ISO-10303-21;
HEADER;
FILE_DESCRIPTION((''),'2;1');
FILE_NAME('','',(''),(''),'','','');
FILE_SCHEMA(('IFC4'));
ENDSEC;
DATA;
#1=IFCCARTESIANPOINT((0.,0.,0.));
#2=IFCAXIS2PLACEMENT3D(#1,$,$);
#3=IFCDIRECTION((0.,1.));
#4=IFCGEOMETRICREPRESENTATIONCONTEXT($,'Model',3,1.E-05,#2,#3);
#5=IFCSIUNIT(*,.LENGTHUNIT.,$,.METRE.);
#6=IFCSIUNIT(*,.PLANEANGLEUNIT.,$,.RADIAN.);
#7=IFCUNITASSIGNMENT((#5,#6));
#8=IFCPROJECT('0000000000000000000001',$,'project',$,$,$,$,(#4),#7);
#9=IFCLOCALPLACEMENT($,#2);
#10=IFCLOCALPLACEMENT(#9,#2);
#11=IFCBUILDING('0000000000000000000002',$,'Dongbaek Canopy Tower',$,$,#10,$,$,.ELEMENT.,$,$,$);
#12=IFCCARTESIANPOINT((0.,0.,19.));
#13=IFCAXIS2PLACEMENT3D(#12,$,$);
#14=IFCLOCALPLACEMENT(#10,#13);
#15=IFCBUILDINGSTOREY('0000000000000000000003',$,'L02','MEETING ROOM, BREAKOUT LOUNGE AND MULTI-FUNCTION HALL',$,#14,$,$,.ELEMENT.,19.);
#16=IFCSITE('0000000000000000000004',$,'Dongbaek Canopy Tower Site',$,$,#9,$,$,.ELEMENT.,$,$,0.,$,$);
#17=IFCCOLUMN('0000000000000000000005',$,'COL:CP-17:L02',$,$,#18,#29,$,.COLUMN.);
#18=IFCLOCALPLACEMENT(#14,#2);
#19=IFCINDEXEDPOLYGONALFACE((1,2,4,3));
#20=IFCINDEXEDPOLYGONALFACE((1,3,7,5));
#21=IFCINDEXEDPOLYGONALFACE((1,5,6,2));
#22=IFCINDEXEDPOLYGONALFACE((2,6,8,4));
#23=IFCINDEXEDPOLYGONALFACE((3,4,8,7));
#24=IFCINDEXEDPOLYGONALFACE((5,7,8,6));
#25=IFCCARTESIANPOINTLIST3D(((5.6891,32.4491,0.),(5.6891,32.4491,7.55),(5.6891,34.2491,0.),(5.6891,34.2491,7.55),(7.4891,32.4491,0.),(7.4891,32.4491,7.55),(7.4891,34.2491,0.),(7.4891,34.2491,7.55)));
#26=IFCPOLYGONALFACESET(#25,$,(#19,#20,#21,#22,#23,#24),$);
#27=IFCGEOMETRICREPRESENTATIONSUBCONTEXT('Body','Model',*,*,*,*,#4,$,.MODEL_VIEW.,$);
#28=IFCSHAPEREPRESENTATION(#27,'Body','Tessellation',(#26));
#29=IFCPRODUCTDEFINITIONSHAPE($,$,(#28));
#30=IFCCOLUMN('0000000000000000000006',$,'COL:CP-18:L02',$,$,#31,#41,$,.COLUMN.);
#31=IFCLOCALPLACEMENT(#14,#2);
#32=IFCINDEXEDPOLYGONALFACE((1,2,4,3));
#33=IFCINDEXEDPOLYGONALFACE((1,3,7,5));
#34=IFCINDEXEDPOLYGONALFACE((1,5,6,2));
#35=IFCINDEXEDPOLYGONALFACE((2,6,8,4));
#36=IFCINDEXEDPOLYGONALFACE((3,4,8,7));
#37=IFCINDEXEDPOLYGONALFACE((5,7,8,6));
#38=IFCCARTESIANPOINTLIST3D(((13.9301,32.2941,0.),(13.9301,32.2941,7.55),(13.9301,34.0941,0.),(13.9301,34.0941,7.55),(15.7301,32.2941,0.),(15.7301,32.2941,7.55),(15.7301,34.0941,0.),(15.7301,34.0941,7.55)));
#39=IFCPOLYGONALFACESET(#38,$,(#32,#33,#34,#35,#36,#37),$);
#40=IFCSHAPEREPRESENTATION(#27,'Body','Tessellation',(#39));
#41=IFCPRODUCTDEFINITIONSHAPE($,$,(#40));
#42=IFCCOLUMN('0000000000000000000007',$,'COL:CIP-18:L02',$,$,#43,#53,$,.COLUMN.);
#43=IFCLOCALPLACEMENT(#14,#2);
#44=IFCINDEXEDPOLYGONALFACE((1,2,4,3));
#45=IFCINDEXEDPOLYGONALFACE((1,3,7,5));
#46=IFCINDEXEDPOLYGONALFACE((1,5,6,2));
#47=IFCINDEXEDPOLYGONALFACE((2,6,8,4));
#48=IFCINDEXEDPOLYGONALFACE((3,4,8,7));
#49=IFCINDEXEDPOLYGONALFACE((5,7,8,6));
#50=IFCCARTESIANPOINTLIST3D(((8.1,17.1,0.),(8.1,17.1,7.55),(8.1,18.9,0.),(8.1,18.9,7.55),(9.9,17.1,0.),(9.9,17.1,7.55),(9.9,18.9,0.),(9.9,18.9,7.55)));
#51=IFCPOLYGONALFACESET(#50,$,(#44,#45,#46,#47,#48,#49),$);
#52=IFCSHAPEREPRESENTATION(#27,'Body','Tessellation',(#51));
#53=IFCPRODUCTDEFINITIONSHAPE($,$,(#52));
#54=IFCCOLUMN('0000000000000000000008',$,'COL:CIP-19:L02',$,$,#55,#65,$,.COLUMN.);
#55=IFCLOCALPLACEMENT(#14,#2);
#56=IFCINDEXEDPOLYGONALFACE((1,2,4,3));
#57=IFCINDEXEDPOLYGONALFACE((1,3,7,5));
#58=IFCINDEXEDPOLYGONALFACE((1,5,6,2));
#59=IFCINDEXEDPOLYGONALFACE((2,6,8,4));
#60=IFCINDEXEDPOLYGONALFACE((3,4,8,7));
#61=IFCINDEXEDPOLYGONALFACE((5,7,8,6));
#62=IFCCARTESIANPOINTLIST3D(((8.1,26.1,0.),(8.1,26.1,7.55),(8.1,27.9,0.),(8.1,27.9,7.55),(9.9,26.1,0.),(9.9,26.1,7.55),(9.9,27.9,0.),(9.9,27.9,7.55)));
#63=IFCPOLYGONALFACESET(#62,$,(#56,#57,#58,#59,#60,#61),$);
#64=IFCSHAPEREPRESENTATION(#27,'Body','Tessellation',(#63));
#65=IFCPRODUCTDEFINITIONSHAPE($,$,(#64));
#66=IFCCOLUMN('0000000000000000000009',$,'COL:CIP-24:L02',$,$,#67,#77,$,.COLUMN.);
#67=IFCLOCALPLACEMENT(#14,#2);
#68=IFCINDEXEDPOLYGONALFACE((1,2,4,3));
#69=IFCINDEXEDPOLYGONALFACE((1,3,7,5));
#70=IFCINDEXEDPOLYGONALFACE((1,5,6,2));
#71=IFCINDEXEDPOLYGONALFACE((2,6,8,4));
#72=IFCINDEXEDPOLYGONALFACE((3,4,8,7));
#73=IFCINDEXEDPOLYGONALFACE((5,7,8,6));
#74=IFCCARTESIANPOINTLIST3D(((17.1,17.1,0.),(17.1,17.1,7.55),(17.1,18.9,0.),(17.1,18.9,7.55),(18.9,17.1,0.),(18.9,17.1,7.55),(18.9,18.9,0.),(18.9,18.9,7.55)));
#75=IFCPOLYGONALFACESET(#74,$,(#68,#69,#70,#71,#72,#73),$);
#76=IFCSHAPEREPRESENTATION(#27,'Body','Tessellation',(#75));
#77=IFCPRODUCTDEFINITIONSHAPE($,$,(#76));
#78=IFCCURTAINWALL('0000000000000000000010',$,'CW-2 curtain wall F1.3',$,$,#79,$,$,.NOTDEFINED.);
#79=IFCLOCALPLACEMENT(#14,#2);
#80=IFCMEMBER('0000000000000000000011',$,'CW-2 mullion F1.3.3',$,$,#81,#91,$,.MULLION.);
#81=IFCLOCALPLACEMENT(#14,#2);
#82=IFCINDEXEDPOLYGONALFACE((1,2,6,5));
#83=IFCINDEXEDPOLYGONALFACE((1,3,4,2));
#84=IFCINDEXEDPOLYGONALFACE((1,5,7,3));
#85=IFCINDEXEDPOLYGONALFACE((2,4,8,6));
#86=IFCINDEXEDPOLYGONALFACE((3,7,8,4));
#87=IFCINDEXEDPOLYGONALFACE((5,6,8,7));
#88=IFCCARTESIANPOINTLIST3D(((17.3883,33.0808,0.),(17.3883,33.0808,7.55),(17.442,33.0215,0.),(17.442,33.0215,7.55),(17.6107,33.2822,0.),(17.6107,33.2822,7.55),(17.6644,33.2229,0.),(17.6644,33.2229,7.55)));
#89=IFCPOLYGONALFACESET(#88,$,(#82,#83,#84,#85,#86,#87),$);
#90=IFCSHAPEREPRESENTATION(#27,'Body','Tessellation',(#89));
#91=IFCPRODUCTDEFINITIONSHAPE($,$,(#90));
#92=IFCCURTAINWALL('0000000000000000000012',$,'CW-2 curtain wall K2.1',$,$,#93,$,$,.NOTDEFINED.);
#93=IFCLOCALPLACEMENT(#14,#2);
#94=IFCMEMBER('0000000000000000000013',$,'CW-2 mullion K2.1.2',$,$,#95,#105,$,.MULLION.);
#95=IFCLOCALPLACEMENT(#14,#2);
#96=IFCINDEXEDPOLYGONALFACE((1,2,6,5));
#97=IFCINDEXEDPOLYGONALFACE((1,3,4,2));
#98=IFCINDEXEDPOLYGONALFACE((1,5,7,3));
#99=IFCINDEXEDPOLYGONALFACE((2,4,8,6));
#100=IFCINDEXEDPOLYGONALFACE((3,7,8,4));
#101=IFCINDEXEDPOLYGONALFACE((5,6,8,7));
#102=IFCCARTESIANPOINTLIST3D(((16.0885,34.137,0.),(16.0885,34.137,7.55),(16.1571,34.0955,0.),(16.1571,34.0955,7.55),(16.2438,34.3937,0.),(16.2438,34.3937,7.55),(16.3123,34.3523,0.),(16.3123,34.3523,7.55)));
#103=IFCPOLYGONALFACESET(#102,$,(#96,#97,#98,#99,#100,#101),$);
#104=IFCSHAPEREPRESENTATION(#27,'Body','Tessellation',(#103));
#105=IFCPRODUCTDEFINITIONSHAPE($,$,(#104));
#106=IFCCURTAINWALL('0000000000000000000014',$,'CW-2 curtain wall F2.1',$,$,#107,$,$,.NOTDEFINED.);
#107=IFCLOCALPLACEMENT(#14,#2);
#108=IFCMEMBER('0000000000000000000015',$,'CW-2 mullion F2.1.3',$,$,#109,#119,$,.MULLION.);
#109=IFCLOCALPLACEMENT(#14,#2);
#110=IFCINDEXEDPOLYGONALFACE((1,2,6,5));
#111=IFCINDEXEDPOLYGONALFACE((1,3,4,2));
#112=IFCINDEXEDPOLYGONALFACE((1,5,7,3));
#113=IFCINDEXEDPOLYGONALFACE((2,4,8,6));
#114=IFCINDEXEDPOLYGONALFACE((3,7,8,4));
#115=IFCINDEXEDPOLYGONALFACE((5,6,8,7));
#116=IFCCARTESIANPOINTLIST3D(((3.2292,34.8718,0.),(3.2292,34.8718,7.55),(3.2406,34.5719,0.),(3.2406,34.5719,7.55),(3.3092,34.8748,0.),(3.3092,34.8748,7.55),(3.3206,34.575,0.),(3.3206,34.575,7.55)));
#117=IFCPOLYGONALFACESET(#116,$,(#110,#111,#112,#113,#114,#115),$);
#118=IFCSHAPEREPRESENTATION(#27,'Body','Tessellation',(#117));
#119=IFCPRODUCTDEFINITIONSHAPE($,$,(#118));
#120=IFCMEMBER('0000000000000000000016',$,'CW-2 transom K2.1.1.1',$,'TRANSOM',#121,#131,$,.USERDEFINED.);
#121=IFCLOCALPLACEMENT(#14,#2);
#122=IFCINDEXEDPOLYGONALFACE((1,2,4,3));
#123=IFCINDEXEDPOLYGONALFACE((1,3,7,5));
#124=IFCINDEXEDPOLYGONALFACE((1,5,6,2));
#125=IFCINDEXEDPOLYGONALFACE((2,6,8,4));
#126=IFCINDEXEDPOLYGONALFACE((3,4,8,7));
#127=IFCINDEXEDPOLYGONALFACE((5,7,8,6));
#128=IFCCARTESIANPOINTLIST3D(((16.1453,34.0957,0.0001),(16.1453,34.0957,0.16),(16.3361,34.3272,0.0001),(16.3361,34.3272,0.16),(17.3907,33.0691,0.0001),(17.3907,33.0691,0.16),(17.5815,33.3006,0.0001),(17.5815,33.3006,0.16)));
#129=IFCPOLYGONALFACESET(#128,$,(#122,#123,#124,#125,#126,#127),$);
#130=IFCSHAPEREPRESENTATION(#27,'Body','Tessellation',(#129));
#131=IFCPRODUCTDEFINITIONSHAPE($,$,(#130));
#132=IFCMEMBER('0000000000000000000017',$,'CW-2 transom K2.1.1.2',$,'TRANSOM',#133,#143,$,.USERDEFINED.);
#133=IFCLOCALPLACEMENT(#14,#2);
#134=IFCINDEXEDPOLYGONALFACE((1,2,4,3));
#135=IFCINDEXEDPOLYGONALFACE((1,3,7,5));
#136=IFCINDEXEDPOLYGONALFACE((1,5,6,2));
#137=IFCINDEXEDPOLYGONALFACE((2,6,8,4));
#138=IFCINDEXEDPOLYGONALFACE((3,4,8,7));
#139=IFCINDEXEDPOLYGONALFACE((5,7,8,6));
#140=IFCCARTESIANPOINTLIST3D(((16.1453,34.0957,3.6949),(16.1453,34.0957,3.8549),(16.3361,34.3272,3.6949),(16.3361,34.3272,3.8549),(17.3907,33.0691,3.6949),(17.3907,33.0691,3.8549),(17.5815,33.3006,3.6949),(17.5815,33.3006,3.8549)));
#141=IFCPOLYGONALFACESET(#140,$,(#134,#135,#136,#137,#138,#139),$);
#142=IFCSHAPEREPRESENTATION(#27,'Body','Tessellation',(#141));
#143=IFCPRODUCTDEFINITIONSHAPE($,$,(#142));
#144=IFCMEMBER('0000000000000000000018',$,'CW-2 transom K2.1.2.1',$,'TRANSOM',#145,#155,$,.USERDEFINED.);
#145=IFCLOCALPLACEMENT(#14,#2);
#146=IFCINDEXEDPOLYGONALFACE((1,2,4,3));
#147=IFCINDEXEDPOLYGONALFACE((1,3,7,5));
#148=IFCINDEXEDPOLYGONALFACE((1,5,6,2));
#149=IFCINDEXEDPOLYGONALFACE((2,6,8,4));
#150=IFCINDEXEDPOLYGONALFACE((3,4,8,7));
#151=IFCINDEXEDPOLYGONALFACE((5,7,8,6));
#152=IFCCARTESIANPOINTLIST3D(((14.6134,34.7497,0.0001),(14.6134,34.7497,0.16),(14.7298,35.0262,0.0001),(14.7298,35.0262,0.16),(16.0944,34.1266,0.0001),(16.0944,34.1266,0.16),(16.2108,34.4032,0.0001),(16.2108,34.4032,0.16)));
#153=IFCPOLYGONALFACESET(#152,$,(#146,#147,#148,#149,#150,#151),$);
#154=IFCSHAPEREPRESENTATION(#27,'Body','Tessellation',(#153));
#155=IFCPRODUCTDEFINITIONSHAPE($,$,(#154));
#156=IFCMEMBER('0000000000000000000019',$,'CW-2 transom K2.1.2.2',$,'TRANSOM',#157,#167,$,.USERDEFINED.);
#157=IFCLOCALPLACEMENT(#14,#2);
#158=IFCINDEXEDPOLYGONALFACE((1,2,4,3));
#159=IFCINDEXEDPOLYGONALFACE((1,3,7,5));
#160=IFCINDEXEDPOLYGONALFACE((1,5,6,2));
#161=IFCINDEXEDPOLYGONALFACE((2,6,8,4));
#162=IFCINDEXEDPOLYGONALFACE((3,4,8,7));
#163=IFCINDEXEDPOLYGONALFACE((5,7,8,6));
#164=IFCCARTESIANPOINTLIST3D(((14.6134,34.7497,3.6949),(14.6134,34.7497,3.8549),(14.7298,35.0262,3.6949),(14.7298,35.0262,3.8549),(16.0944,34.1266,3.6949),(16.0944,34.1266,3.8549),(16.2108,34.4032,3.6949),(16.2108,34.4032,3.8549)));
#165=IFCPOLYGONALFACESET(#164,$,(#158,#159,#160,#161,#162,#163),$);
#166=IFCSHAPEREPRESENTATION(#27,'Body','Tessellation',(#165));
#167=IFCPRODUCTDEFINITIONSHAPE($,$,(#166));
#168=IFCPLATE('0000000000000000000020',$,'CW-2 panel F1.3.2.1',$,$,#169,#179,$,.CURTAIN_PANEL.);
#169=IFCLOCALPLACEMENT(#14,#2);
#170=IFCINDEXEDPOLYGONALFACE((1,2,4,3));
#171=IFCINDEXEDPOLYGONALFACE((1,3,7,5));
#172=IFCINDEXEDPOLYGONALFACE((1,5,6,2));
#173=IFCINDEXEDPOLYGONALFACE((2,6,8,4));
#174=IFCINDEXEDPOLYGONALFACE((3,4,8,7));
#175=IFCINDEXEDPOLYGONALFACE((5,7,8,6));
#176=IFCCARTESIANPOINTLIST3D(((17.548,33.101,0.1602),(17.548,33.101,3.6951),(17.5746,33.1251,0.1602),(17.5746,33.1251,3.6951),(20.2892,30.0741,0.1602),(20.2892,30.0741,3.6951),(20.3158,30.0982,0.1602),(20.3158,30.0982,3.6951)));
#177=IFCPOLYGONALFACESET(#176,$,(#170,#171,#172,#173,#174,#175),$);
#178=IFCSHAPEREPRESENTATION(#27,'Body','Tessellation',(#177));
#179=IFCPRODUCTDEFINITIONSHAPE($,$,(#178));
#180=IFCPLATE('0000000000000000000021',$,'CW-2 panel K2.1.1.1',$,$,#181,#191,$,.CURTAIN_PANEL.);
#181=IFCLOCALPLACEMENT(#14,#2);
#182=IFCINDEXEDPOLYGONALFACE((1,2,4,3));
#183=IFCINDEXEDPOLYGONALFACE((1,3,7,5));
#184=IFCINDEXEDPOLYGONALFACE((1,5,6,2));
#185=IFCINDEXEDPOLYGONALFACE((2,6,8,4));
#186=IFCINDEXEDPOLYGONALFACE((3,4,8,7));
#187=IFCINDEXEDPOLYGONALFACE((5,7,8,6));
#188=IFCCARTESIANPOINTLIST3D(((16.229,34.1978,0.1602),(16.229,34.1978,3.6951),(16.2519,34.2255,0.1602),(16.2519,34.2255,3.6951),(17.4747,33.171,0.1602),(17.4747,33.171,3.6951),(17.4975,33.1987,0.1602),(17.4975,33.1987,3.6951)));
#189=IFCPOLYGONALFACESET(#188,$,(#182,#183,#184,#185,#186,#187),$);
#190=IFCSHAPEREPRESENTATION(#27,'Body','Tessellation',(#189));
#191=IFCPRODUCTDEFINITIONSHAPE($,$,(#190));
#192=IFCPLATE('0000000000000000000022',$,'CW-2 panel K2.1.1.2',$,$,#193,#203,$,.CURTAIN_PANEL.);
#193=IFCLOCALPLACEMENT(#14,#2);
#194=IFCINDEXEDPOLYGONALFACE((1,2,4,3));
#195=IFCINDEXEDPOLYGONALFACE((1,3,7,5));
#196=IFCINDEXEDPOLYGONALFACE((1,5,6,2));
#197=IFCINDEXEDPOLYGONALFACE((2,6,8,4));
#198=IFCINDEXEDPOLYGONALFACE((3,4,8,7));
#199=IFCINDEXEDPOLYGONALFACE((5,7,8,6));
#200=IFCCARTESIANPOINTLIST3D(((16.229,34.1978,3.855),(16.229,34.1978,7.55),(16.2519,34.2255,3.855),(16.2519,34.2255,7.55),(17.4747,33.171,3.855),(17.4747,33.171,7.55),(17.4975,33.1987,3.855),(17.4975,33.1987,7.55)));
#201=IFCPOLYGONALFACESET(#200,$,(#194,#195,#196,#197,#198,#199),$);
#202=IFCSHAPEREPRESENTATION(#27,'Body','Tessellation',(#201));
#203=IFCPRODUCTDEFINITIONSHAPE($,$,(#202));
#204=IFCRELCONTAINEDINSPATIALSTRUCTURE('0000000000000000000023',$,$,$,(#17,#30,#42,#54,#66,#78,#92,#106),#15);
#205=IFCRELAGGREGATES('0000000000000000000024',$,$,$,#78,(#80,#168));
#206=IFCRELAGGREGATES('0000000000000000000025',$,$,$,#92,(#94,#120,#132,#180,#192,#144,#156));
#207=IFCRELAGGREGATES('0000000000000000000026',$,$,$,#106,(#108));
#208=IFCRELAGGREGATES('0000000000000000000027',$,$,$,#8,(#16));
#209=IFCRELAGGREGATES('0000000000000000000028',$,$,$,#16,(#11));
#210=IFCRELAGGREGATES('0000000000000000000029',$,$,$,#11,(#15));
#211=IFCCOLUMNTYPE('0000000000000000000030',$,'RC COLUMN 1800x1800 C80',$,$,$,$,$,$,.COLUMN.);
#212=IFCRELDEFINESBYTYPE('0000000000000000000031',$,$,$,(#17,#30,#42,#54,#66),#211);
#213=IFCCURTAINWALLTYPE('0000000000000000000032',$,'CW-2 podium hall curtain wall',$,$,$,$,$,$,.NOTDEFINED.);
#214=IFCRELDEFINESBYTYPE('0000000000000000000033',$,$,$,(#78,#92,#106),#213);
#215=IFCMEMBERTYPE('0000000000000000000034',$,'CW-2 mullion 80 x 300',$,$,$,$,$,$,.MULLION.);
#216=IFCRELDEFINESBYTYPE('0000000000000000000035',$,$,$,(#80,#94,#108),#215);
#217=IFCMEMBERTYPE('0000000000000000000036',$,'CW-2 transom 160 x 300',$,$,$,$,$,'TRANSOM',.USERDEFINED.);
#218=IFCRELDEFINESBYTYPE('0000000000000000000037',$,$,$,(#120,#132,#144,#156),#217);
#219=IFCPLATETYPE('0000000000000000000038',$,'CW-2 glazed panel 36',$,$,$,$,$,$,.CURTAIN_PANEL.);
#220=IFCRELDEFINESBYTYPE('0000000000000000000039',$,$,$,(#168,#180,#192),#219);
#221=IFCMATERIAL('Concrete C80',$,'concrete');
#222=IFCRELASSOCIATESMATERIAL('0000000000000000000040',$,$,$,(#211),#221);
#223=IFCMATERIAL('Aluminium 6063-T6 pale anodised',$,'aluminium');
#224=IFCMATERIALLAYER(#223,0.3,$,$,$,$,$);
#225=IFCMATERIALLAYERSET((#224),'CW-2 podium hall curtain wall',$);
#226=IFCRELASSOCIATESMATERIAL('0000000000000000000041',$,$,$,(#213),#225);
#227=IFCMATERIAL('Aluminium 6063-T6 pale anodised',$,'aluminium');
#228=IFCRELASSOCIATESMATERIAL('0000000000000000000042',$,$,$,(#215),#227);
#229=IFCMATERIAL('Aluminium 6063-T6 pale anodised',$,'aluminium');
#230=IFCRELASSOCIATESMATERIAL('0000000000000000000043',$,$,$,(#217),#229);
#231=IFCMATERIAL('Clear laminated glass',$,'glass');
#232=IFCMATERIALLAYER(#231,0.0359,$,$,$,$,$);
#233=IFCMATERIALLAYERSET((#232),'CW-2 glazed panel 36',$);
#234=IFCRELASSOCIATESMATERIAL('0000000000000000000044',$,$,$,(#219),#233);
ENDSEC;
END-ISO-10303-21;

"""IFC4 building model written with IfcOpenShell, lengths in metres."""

from ifc_helpers import new_model, si_unit, direction, frame, origin, origin_2d, place, context, subcontext, project, spatial, rectangle, extrude, material, layer, layer_set, material_profile, profile_set, type_object, element, aggregate, save


model = new_model("IFC4")

# Units and contexts
model_context = context("Model", 3, precision=1e-05, world=origin(), true_north=direction((0.0, 1.0)))
body_context = subcontext(model_context, "Body", "Model", "MODEL_VIEW")
ifc_project = project(units=[si_unit("LENGTHUNIT", "METRE"), si_unit("PLANEANGLEUNIT", "RADIAN")], contexts=[model_context])

# Site, building, storey
site_placement = place(None, origin())
site = spatial("IfcSite", under=ifc_project, at=site_placement, Name="Dongbaek Canopy Tower Site", CompositionType="ELEMENT", RefElevation=0.0)
building_placement = place(site_placement, origin())
building = spatial("IfcBuilding", under=site, at=building_placement, Name="Dongbaek Canopy Tower", CompositionType="ELEMENT")
storey_placement = place(building_placement, frame((0.0, 0.0, 19.0)))
storey = spatial("IfcBuildingStorey", under=building, at=storey_placement, Name="L02", Description="MEETING ROOM, BREAKOUT LOUNGE AND MULTI-FUNCTION HALL", CompositionType="ELEMENT", Elevation=19.0)

# Columns
ifc_material_1 = material(Name="Concrete C80", Category="concrete")
ifc_material_profile_1 = material_profile(ifc_material_1, rectangle(XDim=1.8, YDim=1.8, at=origin_2d()), Name="RC COLUMN 1800x1800 C80")
ifc_profile_set_1 = profile_set([ifc_material_profile_1], Name="Concrete C80")
column_type = type_object("IfcColumnType", Name="RC COLUMN 1800x1800 C80", PredefinedType="COLUMN", material=ifc_profile_set_1)
for number, where, z_axis, x_axis, name in (
    (1, (6.5891, 33.3491, 0.0), (0.0, 0.0, 1.0), (1.0, 0.0, 0.0), "COL:CP-17:L02"),
    (2, (14.8301, 33.1941, 0.0), (0.0, 0.0, 1.0), (1.0, 0.0, 0.0), "COL:CP-18:L02"),
    (3, (9.0, 18.0, 0.0), (0.0, 0.0, 1.0), (1.0, 0.0, 0.0), "COL:CIP-18:L02"),
    (4, (9.0, 27.0, 0.0), (0.0, 0.0, 1.0), (1.0, 0.0, 0.0), "COL:CIP-19:L02"),
    (5, (18.0, 18.0, 0.0), (0.0, 0.0, 1.0), (1.0, 0.0, 0.0), "COL:CIP-24:L02"),
):
    element("IfcColumn", number, at=place(storey_placement, frame(where, z_axis=z_axis, x_axis=x_axis)), inside=storey, type_object=column_type, Name=name, PredefinedType="COLUMN", context=body_context, shape_type="SweptSolid", body=[
        extrude(rectangle(XDim=1.8, YDim=1.8, at=origin_2d()), origin(), (0.0, 0.0, 1.0), 7.55),
    ])

# Curtain walls, members
ifc_material_2 = material(Name="Aluminium 6063-T6 pale anodised", Category="aluminium")
ifc_layer_1 = layer(ifc_material_2, 0.3)
ifc_layer_set_1 = layer_set([ifc_layer_1], Name="CW-2 podium hall curtain wall")
curtain_wall_type = type_object("IfcCurtainWallType", Name="CW-2 podium hall curtain wall", PredefinedType="NOTDEFINED", material=ifc_layer_set_1)
curtain_wall_1_placement = place(storey_placement, origin())
curtain_wall_1 = element("IfcCurtainWall", 6, at=curtain_wall_1_placement, inside=storey, type_object=curtain_wall_type, Name="CW-2 curtain wall F1.3", PredefinedType="NOTDEFINED")
ifc_material_3 = material(Name="Aluminium 6063-T6 pale anodised", Category="aluminium")
ifc_material_profile_2 = material_profile(ifc_material_3, rectangle(XDim=0.3, YDim=0.0801, at=origin_2d()), Name="CW-2 mullion 80 x 300")
ifc_profile_set_2 = profile_set([ifc_material_profile_2], Name="Aluminium 6063-T6 pale anodised")
member_type_1 = type_object("IfcMemberType", Name="CW-2 mullion 80 x 300", PredefinedType="MULLION", material=ifc_profile_set_2)
member_1_placement = place(storey_placement, frame((17.5264, 33.1519, 0.0), z_axis=(0.0, 0.0, 1.0), x_axis=(0.741222, 0.67126, 0.0)))
member_1 = element("IfcMember", 7, at=member_1_placement, type_object=member_type_1, Name="CW-2 mullion F1.3.3", PredefinedType="MULLION", context=body_context, shape_type="SweptSolid", body=[
    extrude(rectangle(XDim=0.3, YDim=0.0801, at=origin_2d()), origin(), (0.0, 0.0, 1.0), 7.55),
])
curtain_wall_2_placement = place(storey_placement, origin())
curtain_wall_2 = element("IfcCurtainWall", 8, at=curtain_wall_2_placement, inside=storey, type_object=curtain_wall_type, Name="CW-2 curtain wall K2.1", PredefinedType="NOTDEFINED")
member_2_placement = place(storey_placement, frame((16.2004, 34.2446, 0.0), z_axis=(0.0, 0.0, 1.0), x_axis=(0.517431, 0.855725, 0.0)))
member_2 = element("IfcMember", 9, at=member_2_placement, type_object=member_type_1, Name="CW-2 mullion K2.1.2", PredefinedType="MULLION", context=body_context, shape_type="SweptSolid", body=[
    extrude(rectangle(XDim=0.3, YDim=0.0801, at=origin_2d()), origin(), (0.0, 0.0, 1.0), 7.55),
])
curtain_wall_3_placement = place(storey_placement, origin())
curtain_wall_3 = element("IfcCurtainWall", 10, at=curtain_wall_3_placement, inside=storey, type_object=curtain_wall_type, Name="CW-2 curtain wall F2.1", PredefinedType="NOTDEFINED")
member_3_placement = place(storey_placement, frame((3.2749, 34.7234, 0.0), z_axis=(0.0, 0.0, 1.0), x_axis=(-0.038232, 0.999269, 0.0)))
member_3 = element("IfcMember", 11, at=member_3_placement, type_object=member_type_1, Name="CW-2 mullion F2.1.3", PredefinedType="MULLION", context=body_context, shape_type="SweptSolid", body=[
    extrude(rectangle(XDim=0.3, YDim=0.0801, at=origin_2d()), origin(), (0.0, 0.0, 1.0), 7.55),
])

# Members
ifc_material_4 = material(Name="Aluminium 6063-T6 pale anodised", Category="aluminium")
ifc_material_profile_3 = material_profile(ifc_material_4, rectangle(XDim=0.3, YDim=0.1599, at=origin_2d()), Name="CW-2 transom 160 x 300")
ifc_profile_set_3 = profile_set([ifc_material_profile_3], Name="Aluminium 6063-T6 pale anodised")
member_type_2 = type_object("IfcMemberType", Name="CW-2 transom 160 x 300", ElementType="TRANSOM", PredefinedType="USERDEFINED", material=ifc_profile_set_3)
member_4_placement = place(storey_placement, frame((17.4861, 33.1848, 0.0801), z_axis=(-0.77162, 0.636084, 0.0), x_axis=(-0.636084, -0.77162, 0.0)))
member_4 = element("IfcMember", 12, at=member_4_placement, type_object=member_type_2, Name="CW-2 transom K2.1.1.1", ObjectType="TRANSOM", PredefinedType="USERDEFINED", context=body_context, shape_type="SweptSolid", body=[
    extrude(rectangle(XDim=0.3, YDim=0.1599, at=origin_2d()), origin(), (0.0, 0.0, 1.0), 1.614),
])
member_5_placement = place(storey_placement, frame((17.4861, 33.1848, 3.7749), z_axis=(-0.77162, 0.636084, 0.0), x_axis=(-0.636084, -0.77162, 0.0)))
member_5 = element("IfcMember", 13, at=member_5_placement, type_object=member_type_2, Name="CW-2 transom K2.1.1.2", ObjectType="TRANSOM", PredefinedType="USERDEFINED", context=body_context, shape_type="SweptSolid", body=[
    extrude(rectangle(XDim=0.3, YDim=0.1599, at=origin_2d()), origin(), (0.0, 0.0, 1.0), 1.614),
])
member_6_placement = place(storey_placement, frame((16.1526, 34.2649, 0.0801), z_axis=(-0.92175, 0.387785, 0.0), x_axis=(-0.387785, -0.92175, 0.0)))
member_6 = element("IfcMember", 14, at=member_6_placement, type_object=member_type_2, Name="CW-2 transom K2.1.2.1", ObjectType="TRANSOM", PredefinedType="USERDEFINED", context=body_context, shape_type="SweptSolid", body=[
    extrude(rectangle(XDim=0.3, YDim=0.1599, at=origin_2d()), origin(), (0.0, 0.0, 1.0), 1.6067),
])
member_7_placement = place(storey_placement, frame((16.1526, 34.2649, 3.7749), z_axis=(-0.92175, 0.387785, 0.0), x_axis=(-0.387785, -0.92175, 0.0)))
member_7 = element("IfcMember", 15, at=member_7_placement, type_object=member_type_2, Name="CW-2 transom K2.1.2.2", ObjectType="TRANSOM", PredefinedType="USERDEFINED", context=body_context, shape_type="SweptSolid", body=[
    extrude(rectangle(XDim=0.3, YDim=0.1599, at=origin_2d()), origin(), (0.0, 0.0, 1.0), 1.6067),
])

# Plates
ifc_material_5 = material(Name="Clear laminated glass", Category="glass")
ifc_layer_2 = layer(ifc_material_5, 0.0359)
ifc_layer_set_2 = layer_set([ifc_layer_2], Name="CW-2 glazed panel 36")
plate_type = type_object("IfcPlateType", Name="CW-2 glazed panel 36", PredefinedType="CURTAIN_PANEL", material=ifc_layer_set_2)
plate_1_placement = place(storey_placement, frame((18.9319, 31.5996, 0.1602), z_axis=(0.0, 0.0, 1.0), x_axis=(-0.67126, 0.741222, 0.0)))
plate_1 = element("IfcPlate", 16, at=plate_1_placement, type_object=plate_type, Name="CW-2 panel F1.3.2.1", PredefinedType="CURTAIN_PANEL", context=body_context, shape_type="SweptSolid", body=[
    extrude(rectangle(XDim=4.0837, YDim=0.0359, at=origin_2d()), origin(), (0.0, 0.0, 1.0), 3.5349),
])
aggregate(curtain_wall_1, [member_1, plate_1])
plate_2_placement = place(storey_placement, frame((16.8633, 33.6982, 0.1602), z_axis=(0.0, 0.0, 1.0), x_axis=(-0.771649, 0.636049, 0.0)))
plate_2 = element("IfcPlate", 17, at=plate_2_placement, type_object=plate_type, Name="CW-2 panel K2.1.1.1", PredefinedType="CURTAIN_PANEL", context=body_context, shape_type="SweptSolid", body=[
    extrude(rectangle(XDim=1.6143, YDim=0.0359, at=origin_2d()), origin(), (0.0, 0.0, 1.0), 3.5349),
])
plate_3_placement = place(storey_placement, frame((16.8633, 33.6982, 3.855), z_axis=(0.0, 0.0, 1.0), x_axis=(-0.771649, 0.636049, 0.0)))
plate_3 = element("IfcPlate", 18, at=plate_3_placement, type_object=plate_type, Name="CW-2 panel K2.1.1.2", PredefinedType="CURTAIN_PANEL", context=body_context, shape_type="SweptSolid", body=[
    extrude(rectangle(XDim=1.6143, YDim=0.0359, at=origin_2d()), origin(), (0.0, 0.0, 1.0), 3.6951),
])
aggregate(curtain_wall_2, [member_2, member_4, member_5, plate_2, plate_3, member_6, member_7])
aggregate(curtain_wall_3, [member_3])

save(model, "model.ifc")
